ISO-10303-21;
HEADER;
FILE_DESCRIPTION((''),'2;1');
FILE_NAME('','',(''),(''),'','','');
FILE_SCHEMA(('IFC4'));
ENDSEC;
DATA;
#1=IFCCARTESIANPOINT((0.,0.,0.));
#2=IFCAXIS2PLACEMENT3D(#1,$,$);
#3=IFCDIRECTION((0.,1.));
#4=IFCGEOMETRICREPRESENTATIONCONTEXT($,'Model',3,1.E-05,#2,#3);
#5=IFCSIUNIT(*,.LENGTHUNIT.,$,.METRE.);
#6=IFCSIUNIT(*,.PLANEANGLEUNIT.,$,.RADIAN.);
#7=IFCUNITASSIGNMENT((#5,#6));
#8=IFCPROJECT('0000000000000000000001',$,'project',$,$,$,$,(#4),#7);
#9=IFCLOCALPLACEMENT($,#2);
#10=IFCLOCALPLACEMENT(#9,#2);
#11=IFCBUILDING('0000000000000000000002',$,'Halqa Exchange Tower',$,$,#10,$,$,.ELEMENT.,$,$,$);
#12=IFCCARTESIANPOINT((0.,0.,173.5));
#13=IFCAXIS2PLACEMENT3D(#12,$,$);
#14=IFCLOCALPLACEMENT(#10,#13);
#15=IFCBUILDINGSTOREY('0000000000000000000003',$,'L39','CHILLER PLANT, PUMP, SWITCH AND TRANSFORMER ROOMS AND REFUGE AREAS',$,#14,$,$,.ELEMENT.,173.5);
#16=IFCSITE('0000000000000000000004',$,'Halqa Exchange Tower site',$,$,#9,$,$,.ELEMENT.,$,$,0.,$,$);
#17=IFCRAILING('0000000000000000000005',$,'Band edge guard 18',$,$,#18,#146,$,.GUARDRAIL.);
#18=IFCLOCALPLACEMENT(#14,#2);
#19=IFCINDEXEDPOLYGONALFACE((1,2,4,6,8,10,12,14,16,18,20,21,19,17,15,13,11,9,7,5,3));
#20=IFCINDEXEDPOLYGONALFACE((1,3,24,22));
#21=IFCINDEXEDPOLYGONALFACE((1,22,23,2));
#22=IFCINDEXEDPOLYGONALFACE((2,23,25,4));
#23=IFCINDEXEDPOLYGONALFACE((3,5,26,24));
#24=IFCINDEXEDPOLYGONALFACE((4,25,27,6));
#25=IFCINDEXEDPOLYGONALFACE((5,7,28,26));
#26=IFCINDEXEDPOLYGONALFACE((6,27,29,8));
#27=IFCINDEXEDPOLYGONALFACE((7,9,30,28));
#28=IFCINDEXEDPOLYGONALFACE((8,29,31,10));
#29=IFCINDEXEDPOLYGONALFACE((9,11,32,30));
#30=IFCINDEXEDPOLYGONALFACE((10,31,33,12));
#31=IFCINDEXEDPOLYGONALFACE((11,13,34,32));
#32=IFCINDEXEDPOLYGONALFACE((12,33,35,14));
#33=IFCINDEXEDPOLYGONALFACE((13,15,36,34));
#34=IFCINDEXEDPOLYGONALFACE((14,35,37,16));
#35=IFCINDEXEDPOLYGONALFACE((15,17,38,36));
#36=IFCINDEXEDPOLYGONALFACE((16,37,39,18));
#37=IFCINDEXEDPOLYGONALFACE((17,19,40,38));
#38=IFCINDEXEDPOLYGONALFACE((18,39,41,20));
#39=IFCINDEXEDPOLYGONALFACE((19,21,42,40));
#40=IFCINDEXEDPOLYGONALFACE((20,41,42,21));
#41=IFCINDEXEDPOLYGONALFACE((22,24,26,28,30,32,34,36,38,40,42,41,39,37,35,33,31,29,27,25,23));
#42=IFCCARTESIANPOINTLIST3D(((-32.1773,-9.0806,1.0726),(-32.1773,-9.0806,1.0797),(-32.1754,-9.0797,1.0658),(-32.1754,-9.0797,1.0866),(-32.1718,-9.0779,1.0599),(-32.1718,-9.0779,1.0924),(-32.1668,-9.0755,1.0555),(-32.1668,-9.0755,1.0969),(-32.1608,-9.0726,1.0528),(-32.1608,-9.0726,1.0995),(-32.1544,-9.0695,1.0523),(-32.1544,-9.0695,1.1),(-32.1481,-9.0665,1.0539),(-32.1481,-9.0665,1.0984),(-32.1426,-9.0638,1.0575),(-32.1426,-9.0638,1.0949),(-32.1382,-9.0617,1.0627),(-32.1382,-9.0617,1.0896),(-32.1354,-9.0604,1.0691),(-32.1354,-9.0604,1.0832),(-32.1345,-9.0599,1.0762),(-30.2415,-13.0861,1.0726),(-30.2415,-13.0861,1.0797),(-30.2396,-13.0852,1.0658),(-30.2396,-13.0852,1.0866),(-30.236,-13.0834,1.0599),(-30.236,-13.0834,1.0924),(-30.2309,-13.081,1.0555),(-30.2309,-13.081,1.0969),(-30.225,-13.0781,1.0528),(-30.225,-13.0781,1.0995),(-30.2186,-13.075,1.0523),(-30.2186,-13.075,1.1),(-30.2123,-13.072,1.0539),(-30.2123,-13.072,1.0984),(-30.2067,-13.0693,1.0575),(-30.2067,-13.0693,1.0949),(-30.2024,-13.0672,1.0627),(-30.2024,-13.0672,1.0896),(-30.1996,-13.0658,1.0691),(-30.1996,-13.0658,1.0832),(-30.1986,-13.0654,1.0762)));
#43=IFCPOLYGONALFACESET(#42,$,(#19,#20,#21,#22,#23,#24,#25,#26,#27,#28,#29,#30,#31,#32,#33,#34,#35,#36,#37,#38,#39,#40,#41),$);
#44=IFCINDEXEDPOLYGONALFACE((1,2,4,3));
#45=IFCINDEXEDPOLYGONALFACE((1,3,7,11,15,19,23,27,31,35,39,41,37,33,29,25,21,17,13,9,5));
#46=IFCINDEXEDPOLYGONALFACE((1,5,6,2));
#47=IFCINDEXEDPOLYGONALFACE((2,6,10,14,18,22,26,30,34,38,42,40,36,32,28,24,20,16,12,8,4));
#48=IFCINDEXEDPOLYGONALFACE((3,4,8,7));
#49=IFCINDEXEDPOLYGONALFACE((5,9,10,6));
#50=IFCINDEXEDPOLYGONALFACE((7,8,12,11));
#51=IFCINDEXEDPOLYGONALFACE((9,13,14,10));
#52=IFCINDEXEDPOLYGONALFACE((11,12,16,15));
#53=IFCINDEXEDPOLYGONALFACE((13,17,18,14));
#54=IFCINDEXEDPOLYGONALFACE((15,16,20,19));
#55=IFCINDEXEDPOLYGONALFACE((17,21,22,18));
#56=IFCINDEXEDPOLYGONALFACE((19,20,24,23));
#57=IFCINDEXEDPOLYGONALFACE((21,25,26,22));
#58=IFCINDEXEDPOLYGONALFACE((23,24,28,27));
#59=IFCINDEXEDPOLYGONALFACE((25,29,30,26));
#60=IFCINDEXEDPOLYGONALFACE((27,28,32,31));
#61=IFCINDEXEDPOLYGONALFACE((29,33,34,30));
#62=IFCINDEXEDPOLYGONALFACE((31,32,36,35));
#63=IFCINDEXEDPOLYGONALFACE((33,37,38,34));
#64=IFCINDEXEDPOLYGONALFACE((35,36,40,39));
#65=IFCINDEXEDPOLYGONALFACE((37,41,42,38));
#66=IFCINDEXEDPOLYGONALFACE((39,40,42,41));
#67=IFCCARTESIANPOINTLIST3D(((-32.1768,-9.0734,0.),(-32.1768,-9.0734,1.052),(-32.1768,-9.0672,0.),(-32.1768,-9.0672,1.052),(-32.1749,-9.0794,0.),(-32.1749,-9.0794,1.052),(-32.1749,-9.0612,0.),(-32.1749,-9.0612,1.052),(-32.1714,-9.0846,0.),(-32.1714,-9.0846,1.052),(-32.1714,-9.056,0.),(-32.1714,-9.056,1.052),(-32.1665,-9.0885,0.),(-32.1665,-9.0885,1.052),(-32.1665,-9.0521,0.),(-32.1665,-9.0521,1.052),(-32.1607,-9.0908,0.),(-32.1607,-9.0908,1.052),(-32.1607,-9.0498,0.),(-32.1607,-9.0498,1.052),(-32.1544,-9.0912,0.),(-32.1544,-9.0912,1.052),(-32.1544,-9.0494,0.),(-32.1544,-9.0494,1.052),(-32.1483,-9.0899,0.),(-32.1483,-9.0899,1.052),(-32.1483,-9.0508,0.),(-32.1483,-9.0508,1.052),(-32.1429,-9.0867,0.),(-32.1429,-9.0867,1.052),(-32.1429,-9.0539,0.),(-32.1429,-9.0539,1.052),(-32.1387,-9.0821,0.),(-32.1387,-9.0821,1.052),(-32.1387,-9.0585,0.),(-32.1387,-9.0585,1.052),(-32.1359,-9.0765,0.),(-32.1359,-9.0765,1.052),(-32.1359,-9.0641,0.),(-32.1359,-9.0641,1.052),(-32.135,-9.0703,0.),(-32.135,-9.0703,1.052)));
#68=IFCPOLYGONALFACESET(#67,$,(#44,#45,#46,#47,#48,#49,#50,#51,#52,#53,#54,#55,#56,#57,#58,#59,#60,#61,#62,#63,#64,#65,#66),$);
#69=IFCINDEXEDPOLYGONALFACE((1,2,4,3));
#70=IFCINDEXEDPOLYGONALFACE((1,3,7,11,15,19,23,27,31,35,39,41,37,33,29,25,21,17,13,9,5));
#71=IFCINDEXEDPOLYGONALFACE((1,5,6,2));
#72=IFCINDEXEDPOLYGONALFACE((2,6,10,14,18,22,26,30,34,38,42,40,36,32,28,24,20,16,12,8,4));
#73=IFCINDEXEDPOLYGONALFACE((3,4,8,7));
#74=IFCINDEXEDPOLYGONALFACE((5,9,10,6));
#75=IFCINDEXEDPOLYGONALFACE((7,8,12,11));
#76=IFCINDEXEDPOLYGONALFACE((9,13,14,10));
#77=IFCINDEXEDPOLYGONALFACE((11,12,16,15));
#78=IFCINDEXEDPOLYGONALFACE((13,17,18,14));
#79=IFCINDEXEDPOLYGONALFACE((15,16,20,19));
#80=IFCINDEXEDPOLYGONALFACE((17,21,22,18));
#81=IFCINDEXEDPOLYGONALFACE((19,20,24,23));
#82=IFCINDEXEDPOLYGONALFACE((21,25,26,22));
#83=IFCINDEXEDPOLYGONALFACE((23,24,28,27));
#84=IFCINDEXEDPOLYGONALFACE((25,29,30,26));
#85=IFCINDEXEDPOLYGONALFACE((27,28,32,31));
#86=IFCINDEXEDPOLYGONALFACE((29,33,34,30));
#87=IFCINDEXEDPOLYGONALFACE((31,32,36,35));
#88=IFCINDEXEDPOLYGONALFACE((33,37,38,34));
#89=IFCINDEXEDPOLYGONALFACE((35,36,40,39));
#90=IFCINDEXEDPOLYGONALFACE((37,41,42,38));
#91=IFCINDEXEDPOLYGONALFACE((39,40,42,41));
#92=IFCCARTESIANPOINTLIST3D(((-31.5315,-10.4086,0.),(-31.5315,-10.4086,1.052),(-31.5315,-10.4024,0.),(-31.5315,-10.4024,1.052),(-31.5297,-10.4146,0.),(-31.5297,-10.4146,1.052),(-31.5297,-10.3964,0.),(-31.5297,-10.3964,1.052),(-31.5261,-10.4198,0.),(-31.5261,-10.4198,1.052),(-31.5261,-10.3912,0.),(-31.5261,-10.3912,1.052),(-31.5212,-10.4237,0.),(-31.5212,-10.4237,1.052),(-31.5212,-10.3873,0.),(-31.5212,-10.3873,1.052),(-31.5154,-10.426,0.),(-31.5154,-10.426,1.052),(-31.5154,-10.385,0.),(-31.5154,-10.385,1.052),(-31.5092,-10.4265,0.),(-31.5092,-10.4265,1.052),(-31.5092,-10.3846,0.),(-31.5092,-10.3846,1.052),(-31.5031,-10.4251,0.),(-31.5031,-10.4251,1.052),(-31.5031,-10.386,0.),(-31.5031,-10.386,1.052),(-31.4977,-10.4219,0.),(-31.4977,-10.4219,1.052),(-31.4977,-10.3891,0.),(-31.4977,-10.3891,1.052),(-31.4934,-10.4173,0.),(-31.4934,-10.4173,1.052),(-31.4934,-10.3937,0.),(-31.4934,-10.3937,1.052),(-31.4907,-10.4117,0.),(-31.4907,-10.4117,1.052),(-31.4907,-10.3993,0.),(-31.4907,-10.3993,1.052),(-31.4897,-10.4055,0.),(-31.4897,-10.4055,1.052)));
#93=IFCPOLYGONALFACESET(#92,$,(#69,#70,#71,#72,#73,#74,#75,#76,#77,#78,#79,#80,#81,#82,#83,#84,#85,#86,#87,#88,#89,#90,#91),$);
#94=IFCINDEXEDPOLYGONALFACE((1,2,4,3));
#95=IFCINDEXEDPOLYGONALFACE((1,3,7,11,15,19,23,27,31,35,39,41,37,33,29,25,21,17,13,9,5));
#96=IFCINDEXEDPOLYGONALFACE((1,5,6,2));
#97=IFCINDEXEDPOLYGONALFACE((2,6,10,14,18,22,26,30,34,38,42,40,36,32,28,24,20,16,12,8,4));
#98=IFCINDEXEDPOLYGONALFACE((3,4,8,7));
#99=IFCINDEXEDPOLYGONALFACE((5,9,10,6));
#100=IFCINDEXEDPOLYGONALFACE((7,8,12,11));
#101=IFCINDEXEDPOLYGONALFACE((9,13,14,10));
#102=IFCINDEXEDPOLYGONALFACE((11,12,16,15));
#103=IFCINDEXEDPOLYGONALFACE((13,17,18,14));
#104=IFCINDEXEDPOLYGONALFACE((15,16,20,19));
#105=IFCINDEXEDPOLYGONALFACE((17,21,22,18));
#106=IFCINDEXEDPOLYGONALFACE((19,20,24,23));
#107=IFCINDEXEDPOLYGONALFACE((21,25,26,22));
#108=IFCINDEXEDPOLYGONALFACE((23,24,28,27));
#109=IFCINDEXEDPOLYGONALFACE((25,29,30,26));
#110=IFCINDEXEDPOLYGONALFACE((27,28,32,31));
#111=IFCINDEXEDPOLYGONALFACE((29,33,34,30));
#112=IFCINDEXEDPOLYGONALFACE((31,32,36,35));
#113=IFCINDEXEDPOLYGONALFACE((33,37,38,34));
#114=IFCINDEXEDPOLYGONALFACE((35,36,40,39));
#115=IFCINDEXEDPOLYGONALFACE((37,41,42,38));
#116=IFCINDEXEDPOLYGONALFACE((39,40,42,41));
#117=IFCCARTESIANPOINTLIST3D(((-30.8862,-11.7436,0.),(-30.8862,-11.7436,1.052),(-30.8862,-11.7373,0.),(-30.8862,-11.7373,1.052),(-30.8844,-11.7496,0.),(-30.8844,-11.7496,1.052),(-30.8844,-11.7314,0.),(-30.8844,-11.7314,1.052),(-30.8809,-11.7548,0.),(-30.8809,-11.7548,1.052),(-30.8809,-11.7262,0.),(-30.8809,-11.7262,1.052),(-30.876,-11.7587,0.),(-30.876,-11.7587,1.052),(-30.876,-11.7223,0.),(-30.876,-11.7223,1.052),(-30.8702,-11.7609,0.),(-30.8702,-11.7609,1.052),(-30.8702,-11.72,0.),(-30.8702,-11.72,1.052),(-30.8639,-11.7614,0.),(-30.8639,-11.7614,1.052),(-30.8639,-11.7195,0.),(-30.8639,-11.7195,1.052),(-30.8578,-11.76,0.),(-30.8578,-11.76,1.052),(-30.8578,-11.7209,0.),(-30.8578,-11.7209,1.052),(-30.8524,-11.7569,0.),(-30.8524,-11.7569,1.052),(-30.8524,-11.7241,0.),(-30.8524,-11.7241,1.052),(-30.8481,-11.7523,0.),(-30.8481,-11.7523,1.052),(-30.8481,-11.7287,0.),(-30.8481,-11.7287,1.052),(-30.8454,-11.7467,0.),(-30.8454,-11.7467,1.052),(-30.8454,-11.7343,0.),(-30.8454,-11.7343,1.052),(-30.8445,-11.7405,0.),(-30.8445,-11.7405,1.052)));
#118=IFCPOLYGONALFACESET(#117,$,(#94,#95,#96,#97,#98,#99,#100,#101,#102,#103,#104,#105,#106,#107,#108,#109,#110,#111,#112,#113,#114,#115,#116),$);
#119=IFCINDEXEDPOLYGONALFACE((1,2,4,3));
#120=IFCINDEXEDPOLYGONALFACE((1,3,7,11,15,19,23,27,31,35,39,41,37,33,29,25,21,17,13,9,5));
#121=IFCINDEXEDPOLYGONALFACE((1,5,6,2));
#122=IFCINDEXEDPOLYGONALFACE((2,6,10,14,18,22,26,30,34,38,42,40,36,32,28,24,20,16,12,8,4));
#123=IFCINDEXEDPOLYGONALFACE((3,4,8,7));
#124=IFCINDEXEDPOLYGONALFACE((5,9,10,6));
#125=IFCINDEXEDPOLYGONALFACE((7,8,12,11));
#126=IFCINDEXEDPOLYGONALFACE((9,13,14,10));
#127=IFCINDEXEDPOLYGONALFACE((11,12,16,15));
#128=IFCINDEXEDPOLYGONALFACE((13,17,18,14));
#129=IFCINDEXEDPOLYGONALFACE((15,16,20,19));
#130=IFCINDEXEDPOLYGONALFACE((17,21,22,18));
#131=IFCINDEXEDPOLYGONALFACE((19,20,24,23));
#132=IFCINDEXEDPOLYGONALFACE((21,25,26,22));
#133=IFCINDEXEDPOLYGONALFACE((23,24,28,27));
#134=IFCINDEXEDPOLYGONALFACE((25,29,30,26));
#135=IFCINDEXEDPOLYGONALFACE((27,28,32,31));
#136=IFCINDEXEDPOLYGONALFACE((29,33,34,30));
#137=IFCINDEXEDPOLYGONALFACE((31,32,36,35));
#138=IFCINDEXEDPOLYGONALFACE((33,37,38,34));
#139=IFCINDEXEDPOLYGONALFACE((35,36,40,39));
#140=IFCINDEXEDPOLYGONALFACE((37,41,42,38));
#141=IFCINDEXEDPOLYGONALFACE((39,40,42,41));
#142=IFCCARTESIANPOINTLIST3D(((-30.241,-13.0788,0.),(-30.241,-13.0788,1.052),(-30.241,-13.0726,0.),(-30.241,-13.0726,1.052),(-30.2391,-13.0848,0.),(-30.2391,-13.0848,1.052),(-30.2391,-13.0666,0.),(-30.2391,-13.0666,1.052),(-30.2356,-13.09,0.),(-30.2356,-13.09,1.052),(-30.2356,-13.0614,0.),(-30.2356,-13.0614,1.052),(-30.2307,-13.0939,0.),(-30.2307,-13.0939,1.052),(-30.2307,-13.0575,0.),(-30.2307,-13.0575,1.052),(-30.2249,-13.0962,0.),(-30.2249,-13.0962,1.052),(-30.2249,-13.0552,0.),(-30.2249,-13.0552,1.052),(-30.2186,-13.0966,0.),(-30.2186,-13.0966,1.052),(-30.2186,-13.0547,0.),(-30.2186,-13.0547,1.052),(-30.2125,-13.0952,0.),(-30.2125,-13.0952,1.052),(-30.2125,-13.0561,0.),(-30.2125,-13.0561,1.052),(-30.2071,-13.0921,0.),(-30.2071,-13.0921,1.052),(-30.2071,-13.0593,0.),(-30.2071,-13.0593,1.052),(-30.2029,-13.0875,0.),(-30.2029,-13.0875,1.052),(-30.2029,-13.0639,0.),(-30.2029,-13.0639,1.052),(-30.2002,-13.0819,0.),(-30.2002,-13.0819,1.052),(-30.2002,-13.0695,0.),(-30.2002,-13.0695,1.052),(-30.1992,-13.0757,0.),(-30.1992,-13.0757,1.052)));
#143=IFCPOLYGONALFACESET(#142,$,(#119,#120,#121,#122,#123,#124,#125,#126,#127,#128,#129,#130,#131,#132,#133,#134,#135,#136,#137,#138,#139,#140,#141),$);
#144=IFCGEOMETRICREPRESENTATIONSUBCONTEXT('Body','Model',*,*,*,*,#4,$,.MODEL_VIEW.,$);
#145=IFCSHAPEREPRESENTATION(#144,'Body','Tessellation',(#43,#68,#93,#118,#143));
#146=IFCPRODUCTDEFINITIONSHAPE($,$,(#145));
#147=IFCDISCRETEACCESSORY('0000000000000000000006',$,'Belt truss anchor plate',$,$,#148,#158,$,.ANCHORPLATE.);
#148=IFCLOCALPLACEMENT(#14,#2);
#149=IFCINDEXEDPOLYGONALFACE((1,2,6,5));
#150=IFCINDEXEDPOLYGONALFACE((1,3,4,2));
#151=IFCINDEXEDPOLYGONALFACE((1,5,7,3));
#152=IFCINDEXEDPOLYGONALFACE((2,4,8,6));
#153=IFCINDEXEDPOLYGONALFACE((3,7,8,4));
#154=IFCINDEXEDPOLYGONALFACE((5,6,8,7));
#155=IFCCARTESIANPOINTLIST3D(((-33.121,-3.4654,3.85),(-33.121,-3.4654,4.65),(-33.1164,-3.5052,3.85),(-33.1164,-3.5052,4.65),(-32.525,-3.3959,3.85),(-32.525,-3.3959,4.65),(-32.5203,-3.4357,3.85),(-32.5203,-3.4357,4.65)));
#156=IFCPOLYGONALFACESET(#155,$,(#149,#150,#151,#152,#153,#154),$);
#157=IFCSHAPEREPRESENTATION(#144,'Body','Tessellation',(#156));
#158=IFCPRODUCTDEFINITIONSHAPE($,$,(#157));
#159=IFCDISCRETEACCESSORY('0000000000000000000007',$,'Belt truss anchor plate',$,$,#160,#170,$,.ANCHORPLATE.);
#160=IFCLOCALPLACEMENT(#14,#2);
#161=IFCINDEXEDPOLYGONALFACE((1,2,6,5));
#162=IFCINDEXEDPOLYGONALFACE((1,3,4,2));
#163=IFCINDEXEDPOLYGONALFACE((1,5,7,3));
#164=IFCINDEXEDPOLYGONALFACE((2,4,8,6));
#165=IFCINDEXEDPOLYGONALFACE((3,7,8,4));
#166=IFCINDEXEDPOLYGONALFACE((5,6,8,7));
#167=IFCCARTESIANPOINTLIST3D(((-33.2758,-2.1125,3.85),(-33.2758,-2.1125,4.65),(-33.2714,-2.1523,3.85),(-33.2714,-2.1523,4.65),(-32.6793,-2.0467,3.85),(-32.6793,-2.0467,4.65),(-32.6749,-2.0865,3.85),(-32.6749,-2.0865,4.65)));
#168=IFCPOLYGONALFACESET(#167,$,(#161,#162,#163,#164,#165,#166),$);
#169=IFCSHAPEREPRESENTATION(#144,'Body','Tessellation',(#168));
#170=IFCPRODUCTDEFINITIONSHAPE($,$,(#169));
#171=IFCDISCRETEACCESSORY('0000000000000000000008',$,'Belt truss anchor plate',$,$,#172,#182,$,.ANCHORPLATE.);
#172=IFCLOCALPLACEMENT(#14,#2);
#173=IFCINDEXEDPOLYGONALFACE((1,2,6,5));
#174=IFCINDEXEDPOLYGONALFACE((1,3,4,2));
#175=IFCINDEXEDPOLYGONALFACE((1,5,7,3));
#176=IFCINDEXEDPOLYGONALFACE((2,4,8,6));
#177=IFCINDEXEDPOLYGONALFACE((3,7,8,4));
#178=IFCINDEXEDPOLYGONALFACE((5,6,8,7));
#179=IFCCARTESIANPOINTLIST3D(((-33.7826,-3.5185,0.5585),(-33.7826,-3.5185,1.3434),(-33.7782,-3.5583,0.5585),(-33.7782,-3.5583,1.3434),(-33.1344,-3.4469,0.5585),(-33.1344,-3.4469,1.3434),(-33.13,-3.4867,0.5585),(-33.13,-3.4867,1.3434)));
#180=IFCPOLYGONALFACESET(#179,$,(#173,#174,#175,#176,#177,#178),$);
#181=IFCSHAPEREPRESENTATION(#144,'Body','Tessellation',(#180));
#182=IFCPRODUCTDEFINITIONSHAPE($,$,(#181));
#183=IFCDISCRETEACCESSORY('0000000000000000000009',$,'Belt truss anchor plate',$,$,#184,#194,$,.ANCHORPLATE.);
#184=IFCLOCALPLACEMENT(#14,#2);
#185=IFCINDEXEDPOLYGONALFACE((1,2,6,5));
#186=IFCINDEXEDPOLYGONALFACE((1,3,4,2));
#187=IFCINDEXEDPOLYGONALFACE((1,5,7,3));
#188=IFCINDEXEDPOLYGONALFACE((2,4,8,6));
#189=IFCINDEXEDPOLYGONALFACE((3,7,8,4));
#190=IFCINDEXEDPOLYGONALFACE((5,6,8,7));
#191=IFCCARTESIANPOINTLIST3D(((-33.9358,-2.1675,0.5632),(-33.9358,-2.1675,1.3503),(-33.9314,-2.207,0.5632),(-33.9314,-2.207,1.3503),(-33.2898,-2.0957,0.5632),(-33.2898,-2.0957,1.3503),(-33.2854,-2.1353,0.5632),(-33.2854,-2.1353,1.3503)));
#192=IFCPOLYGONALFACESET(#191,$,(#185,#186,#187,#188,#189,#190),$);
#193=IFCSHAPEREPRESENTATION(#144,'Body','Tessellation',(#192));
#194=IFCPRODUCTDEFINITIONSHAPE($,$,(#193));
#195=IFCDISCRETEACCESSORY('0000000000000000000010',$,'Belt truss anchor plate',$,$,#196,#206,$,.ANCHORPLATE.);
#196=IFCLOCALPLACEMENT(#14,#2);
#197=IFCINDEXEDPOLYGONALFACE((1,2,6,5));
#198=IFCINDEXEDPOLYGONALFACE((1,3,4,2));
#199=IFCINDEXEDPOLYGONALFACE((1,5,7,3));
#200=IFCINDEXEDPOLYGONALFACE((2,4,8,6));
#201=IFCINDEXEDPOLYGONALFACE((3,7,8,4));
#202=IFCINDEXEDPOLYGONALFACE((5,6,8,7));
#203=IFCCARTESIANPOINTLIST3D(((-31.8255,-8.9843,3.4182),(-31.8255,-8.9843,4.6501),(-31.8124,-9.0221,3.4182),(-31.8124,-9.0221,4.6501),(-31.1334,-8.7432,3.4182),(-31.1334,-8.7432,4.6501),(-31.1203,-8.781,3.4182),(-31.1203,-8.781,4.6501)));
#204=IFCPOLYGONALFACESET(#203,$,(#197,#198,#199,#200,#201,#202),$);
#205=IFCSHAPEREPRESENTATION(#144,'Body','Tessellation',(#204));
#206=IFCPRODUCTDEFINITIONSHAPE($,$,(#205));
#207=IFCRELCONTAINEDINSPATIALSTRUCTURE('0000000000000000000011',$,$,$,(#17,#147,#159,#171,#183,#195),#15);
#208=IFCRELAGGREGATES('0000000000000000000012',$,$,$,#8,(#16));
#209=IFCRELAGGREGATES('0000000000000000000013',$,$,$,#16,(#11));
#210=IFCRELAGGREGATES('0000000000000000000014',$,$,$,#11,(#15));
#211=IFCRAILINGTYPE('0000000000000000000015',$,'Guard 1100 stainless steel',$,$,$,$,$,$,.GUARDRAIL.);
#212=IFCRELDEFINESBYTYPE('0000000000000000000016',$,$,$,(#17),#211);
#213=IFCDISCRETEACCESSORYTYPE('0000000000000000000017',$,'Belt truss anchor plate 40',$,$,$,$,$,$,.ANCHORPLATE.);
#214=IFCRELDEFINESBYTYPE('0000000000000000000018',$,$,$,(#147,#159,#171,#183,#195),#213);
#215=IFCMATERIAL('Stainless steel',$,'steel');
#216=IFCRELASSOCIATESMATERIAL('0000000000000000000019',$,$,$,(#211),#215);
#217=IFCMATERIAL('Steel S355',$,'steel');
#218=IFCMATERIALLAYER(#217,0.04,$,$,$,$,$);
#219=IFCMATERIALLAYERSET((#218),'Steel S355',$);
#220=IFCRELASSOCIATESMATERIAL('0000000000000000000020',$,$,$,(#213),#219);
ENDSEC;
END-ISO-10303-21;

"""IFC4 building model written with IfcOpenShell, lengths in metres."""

from ifc_helpers import new_model, si_unit, direction, frame, origin, origin_2d, place, context, subcontext, project, spatial, rectangle, circle, extrude, material, layer, layer_set, type_object, element, save


model = new_model("IFC4")

# Units and contexts
model_context = context("Model", 3, precision=1e-05, world=origin(), true_north=direction((0.0, 1.0)))
body_context = subcontext(model_context, "Body", "Model", "MODEL_VIEW")
ifc_project = project(units=[si_unit("LENGTHUNIT", "METRE"), si_unit("PLANEANGLEUNIT", "RADIAN")], contexts=[model_context])

# Site, building, storey
site_placement = place(None, origin())
site = spatial("IfcSite", under=ifc_project, at=site_placement, Name="Halqa Exchange Tower site", CompositionType="ELEMENT", RefElevation=0.0)
building_placement = place(site_placement, origin())
building = spatial("IfcBuilding", under=site, at=building_placement, Name="Halqa Exchange Tower", CompositionType="ELEMENT")
storey_placement = place(building_placement, frame((0.0, 0.0, 173.5)))
storey = spatial("IfcBuildingStorey", under=building, at=storey_placement, Name="L39", Description="CHILLER PLANT, PUMP, SWITCH AND TRANSFORMER ROOMS AND REFUGE AREAS", CompositionType="ELEMENT", Elevation=173.5)

# Shared definitions
ifc_material_1 = material(Name="Steel S355", Category="steel")

# Railing
ifc_material_2 = material(Name="Stainless steel", Category="steel")
railing_type = type_object("IfcRailingType", Name="Guard 1100 stainless steel", PredefinedType="GUARDRAIL", material=ifc_material_2)
railing_1_placement = place(storey_placement, frame((-32.156, -9.0703, 0.0)))
element("IfcRailing", 1, at=railing_1_placement, inside=storey, type_object=railing_type, Name="Band edge guard 18", PredefinedType="GUARDRAIL", context=body_context, shape_type="SweptSolid", body=[
    extrude(circle(Radius=0.0239, at=origin_2d()), frame((0.0, 0.0, 1.0762), z_axis=(0.435143, -0.900361, 0.0), x_axis=(0.900361, 0.435143, 0.0)), (0.0, 0.0, 1.0), 4.4487),
    extrude(circle(Radius=0.021, at=origin_2d()), origin(), (0.0, 0.0, 1.0), 1.052),
    extrude(circle(Radius=0.021, at=origin_2d()), frame((0.6453, -1.3352, 0.0)), (0.0, 0.0, 1.0), 1.052),
    extrude(circle(Radius=0.021, at=origin_2d()), frame((1.2905, -2.6702, 0.0)), (0.0, 0.0, 1.0), 1.052),
    extrude(circle(Radius=0.021, at=origin_2d()), frame((1.9358, -4.0054, 0.0)), (0.0, 0.0, 1.0), 1.052),
])

# Discrete accessories
ifc_layer_1 = layer(ifc_material_1, 0.04)
ifc_layer_set_1 = layer_set([ifc_layer_1], Name="Steel S355")
discrete_accessory_type = type_object("IfcDiscreteAccessoryType", Name="Belt truss anchor plate 40", PredefinedType="ANCHORPLATE", material=ifc_layer_set_1)
for number, where, z_axis, x_axis, name in (
    (2, (-32.823, -3.4307, 4.25), (0.115781, -0.993275, 0.0), (0.993275, 0.115781, 0.0), "Belt truss anchor plate"),
    (3, (-32.9731, -2.1194, 4.25), (-0.109762, 0.993958, 0.0), (-0.993958, -0.109762, 0.0), "Belt truss anchor plate"),
):
    element("IfcDiscreteAccessory", number, at=place(storey_placement, frame(where, z_axis=z_axis, x_axis=x_axis)), inside=storey, type_object=discrete_accessory_type, Name=name, PredefinedType="ANCHORPLATE", context=body_context, shape_type="SweptSolid", body=[
        extrude(rectangle(XDim=0.6001, YDim=0.8, at=origin_2d()), origin(), (0.0, 0.0, 1.0), 0.04),
    ])
discrete_accessory_1_placement = place(storey_placement, frame((-33.4585, -3.4827, 0.9509), z_axis=(0.109762, -0.993958, 0.0), x_axis=(0.993958, 0.109762, 0.0)))
element("IfcDiscreteAccessory", 4, at=discrete_accessory_1_placement, inside=storey, type_object=discrete_accessory_type, Name="Belt truss anchor plate", PredefinedType="ANCHORPLATE", context=body_context, shape_type="SweptSolid", body=[
    extrude(rectangle(XDim=0.6521, YDim=0.7849, at=origin_2d()), origin(), (0.0, 0.0, 1.0), 0.04),
])
discrete_accessory_2_placement = place(storey_placement, frame((-33.6084, -2.1711, 0.9568), z_axis=(-0.110432, 0.993884, 0.0), x_axis=(-0.993884, -0.110432, 0.0)))
element("IfcDiscreteAccessory", 5, at=discrete_accessory_2_placement, inside=storey, type_object=discrete_accessory_type, Name="Belt truss anchor plate", PredefinedType="ANCHORPLATE", context=body_context, shape_type="SweptSolid", body=[
    extrude(rectangle(XDim=0.6499, YDim=0.7871, at=origin_2d()), origin(), (0.0, 0.0, 1.0), 0.0398),
])
discrete_accessory_3_placement = place(storey_placement, frame((-31.4795, -8.8638, 4.0342), z_axis=(0.328993, -0.944332, 0.0), x_axis=(0.944332, 0.328993, 0.0)))
element("IfcDiscreteAccessory", 6, at=discrete_accessory_3_placement, inside=storey, type_object=discrete_accessory_type, Name="Belt truss anchor plate", PredefinedType="ANCHORPLATE", context=body_context, shape_type="SweptSolid", body=[
    extrude(rectangle(XDim=0.7329, YDim=1.2319, at=origin_2d()), origin(), (0.0, 0.0, 1.0), 0.04),
])

save(model, "model.ifc")
